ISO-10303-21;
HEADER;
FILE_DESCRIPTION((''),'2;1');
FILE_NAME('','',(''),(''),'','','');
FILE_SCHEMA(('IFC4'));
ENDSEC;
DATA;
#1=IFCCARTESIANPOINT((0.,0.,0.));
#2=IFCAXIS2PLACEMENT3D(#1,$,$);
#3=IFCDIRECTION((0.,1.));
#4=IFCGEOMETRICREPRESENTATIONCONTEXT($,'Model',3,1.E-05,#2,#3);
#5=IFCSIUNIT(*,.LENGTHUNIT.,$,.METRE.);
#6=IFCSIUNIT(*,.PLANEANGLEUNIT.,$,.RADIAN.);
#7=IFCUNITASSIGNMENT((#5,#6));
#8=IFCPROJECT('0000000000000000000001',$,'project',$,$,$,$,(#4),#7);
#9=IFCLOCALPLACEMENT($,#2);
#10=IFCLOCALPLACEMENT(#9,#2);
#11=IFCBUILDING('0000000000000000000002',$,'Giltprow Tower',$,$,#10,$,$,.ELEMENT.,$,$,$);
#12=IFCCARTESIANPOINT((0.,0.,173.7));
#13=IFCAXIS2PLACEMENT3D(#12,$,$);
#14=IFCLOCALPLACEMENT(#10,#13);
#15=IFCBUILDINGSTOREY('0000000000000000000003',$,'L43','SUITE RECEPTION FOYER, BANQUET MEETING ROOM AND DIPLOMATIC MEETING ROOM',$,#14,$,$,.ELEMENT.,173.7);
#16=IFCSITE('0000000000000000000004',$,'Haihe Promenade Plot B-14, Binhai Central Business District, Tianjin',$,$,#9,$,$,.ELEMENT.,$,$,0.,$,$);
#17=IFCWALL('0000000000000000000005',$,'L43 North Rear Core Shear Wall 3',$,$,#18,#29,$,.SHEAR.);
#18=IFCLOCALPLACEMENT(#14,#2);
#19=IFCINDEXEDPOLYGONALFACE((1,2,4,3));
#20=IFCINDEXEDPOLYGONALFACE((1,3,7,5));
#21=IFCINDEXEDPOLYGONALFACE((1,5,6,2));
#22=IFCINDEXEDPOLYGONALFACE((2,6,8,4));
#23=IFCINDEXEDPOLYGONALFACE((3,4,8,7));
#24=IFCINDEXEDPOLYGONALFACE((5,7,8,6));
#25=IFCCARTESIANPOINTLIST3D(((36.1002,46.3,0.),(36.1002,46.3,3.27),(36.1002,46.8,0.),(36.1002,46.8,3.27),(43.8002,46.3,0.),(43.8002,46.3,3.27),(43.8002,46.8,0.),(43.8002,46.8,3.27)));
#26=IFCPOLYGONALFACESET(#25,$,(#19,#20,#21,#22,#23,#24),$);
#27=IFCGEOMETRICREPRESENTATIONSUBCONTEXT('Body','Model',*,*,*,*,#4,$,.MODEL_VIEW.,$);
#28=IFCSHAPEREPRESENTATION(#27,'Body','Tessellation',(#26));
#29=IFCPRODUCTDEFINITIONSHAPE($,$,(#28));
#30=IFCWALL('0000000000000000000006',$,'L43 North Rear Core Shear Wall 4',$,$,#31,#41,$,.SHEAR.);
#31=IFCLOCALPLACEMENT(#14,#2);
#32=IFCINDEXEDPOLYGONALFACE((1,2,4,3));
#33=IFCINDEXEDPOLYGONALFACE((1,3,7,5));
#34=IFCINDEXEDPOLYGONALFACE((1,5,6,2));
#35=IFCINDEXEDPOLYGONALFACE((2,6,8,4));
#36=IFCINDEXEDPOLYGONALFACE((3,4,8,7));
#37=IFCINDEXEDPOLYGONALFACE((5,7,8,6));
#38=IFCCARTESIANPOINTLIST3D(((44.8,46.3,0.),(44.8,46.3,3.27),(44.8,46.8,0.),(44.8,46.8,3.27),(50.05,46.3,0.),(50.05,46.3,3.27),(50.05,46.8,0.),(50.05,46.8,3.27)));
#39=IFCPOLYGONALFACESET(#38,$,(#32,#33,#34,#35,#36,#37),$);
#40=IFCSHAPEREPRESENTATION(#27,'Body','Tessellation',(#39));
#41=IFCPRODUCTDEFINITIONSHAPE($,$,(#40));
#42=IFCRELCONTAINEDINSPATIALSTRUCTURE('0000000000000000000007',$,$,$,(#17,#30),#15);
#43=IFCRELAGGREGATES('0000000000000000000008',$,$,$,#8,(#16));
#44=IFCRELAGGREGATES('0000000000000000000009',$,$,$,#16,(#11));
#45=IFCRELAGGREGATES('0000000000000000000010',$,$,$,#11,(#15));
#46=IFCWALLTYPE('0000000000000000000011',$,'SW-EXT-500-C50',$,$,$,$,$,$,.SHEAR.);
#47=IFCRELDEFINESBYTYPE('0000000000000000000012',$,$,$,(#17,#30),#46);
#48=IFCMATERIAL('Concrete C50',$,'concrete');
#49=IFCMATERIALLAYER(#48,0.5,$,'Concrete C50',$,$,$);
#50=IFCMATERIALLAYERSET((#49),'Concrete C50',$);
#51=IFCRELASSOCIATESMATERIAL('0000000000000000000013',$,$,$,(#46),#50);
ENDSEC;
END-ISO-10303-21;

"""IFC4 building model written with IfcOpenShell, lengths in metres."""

from ifc_helpers import new_model, si_unit, direction, frame, frame_2d, origin, place, context, subcontext, project, spatial, rectangle, extrude, material, layer, layer_set, type_object, element, save


model = new_model("IFC4")

# Units and contexts
model_context = context("Model", 3, precision=1e-05, world=origin(), true_north=direction((0.0, 1.0)))
body_context = subcontext(model_context, "Body", "Model", "MODEL_VIEW")
ifc_project = project(units=[si_unit("LENGTHUNIT", "METRE"), si_unit("PLANEANGLEUNIT", "RADIAN")], contexts=[model_context])

# Site, building, storey
site_placement = place(None, origin())
site = spatial("IfcSite", under=ifc_project, at=site_placement, Name="Haihe Promenade Plot B-14, Binhai Central Business District, Tianjin", CompositionType="ELEMENT", RefElevation=0.0)
building_placement = place(site_placement, origin())
building = spatial("IfcBuilding", under=site, at=building_placement, Name="Giltprow Tower", CompositionType="ELEMENT")
storey_placement = place(building_placement, frame((0.0, 0.0, 173.7)))
storey = spatial("IfcBuildingStorey", under=building, at=storey_placement, Name="L43", Description="SUITE RECEPTION FOYER, BANQUET MEETING ROOM AND DIPLOMATIC MEETING ROOM", CompositionType="ELEMENT", Elevation=173.7)

# Shared definitions
ifc_material_1 = material(Name="Concrete C50", Category="concrete")

# Walls
ifc_layer_1 = layer(ifc_material_1, 0.5, Name="Concrete C50")
ifc_layer_set_1 = layer_set([ifc_layer_1], Name="Concrete C50")
wall_type_1 = type_object("IfcWallType", Name="SW-EXT-500-C50", PredefinedType="SHEAR", material=ifc_layer_set_1)
wall_1_placement = place(storey_placement, frame((36.1001, 46.55, 0.0), z_axis=(0.0, 0.0, 1.0), x_axis=(1.0, 0.0, 0.0)))
element("IfcWall", 1, at=wall_1_placement, inside=storey, type_object=wall_type_1, Name="L43 North Rear Core Shear Wall 3", PredefinedType="SHEAR", context=body_context, shape_type="SweptSolid", body=[
    extrude(rectangle(XDim=7.7, YDim=0.5, at=frame_2d((3.8501, 0.0))), origin(), (0.0, 0.0, 1.0), 3.27),
])
wall_2_placement = place(storey_placement, frame((44.8, 46.55, 0.0), z_axis=(0.0, 0.0, 1.0), x_axis=(1.0, 0.0, 0.0)))
element("IfcWall", 2, at=wall_2_placement, inside=storey, type_object=wall_type_1, Name="L43 North Rear Core Shear Wall 4", PredefinedType="SHEAR", context=body_context, shape_type="SweptSolid", body=[
    extrude(rectangle(XDim=5.25, YDim=0.5, at=frame_2d((2.625, 0.0))), origin(), (0.0, 0.0, 1.0), 3.27),
])

save(model, "model.ifc")
